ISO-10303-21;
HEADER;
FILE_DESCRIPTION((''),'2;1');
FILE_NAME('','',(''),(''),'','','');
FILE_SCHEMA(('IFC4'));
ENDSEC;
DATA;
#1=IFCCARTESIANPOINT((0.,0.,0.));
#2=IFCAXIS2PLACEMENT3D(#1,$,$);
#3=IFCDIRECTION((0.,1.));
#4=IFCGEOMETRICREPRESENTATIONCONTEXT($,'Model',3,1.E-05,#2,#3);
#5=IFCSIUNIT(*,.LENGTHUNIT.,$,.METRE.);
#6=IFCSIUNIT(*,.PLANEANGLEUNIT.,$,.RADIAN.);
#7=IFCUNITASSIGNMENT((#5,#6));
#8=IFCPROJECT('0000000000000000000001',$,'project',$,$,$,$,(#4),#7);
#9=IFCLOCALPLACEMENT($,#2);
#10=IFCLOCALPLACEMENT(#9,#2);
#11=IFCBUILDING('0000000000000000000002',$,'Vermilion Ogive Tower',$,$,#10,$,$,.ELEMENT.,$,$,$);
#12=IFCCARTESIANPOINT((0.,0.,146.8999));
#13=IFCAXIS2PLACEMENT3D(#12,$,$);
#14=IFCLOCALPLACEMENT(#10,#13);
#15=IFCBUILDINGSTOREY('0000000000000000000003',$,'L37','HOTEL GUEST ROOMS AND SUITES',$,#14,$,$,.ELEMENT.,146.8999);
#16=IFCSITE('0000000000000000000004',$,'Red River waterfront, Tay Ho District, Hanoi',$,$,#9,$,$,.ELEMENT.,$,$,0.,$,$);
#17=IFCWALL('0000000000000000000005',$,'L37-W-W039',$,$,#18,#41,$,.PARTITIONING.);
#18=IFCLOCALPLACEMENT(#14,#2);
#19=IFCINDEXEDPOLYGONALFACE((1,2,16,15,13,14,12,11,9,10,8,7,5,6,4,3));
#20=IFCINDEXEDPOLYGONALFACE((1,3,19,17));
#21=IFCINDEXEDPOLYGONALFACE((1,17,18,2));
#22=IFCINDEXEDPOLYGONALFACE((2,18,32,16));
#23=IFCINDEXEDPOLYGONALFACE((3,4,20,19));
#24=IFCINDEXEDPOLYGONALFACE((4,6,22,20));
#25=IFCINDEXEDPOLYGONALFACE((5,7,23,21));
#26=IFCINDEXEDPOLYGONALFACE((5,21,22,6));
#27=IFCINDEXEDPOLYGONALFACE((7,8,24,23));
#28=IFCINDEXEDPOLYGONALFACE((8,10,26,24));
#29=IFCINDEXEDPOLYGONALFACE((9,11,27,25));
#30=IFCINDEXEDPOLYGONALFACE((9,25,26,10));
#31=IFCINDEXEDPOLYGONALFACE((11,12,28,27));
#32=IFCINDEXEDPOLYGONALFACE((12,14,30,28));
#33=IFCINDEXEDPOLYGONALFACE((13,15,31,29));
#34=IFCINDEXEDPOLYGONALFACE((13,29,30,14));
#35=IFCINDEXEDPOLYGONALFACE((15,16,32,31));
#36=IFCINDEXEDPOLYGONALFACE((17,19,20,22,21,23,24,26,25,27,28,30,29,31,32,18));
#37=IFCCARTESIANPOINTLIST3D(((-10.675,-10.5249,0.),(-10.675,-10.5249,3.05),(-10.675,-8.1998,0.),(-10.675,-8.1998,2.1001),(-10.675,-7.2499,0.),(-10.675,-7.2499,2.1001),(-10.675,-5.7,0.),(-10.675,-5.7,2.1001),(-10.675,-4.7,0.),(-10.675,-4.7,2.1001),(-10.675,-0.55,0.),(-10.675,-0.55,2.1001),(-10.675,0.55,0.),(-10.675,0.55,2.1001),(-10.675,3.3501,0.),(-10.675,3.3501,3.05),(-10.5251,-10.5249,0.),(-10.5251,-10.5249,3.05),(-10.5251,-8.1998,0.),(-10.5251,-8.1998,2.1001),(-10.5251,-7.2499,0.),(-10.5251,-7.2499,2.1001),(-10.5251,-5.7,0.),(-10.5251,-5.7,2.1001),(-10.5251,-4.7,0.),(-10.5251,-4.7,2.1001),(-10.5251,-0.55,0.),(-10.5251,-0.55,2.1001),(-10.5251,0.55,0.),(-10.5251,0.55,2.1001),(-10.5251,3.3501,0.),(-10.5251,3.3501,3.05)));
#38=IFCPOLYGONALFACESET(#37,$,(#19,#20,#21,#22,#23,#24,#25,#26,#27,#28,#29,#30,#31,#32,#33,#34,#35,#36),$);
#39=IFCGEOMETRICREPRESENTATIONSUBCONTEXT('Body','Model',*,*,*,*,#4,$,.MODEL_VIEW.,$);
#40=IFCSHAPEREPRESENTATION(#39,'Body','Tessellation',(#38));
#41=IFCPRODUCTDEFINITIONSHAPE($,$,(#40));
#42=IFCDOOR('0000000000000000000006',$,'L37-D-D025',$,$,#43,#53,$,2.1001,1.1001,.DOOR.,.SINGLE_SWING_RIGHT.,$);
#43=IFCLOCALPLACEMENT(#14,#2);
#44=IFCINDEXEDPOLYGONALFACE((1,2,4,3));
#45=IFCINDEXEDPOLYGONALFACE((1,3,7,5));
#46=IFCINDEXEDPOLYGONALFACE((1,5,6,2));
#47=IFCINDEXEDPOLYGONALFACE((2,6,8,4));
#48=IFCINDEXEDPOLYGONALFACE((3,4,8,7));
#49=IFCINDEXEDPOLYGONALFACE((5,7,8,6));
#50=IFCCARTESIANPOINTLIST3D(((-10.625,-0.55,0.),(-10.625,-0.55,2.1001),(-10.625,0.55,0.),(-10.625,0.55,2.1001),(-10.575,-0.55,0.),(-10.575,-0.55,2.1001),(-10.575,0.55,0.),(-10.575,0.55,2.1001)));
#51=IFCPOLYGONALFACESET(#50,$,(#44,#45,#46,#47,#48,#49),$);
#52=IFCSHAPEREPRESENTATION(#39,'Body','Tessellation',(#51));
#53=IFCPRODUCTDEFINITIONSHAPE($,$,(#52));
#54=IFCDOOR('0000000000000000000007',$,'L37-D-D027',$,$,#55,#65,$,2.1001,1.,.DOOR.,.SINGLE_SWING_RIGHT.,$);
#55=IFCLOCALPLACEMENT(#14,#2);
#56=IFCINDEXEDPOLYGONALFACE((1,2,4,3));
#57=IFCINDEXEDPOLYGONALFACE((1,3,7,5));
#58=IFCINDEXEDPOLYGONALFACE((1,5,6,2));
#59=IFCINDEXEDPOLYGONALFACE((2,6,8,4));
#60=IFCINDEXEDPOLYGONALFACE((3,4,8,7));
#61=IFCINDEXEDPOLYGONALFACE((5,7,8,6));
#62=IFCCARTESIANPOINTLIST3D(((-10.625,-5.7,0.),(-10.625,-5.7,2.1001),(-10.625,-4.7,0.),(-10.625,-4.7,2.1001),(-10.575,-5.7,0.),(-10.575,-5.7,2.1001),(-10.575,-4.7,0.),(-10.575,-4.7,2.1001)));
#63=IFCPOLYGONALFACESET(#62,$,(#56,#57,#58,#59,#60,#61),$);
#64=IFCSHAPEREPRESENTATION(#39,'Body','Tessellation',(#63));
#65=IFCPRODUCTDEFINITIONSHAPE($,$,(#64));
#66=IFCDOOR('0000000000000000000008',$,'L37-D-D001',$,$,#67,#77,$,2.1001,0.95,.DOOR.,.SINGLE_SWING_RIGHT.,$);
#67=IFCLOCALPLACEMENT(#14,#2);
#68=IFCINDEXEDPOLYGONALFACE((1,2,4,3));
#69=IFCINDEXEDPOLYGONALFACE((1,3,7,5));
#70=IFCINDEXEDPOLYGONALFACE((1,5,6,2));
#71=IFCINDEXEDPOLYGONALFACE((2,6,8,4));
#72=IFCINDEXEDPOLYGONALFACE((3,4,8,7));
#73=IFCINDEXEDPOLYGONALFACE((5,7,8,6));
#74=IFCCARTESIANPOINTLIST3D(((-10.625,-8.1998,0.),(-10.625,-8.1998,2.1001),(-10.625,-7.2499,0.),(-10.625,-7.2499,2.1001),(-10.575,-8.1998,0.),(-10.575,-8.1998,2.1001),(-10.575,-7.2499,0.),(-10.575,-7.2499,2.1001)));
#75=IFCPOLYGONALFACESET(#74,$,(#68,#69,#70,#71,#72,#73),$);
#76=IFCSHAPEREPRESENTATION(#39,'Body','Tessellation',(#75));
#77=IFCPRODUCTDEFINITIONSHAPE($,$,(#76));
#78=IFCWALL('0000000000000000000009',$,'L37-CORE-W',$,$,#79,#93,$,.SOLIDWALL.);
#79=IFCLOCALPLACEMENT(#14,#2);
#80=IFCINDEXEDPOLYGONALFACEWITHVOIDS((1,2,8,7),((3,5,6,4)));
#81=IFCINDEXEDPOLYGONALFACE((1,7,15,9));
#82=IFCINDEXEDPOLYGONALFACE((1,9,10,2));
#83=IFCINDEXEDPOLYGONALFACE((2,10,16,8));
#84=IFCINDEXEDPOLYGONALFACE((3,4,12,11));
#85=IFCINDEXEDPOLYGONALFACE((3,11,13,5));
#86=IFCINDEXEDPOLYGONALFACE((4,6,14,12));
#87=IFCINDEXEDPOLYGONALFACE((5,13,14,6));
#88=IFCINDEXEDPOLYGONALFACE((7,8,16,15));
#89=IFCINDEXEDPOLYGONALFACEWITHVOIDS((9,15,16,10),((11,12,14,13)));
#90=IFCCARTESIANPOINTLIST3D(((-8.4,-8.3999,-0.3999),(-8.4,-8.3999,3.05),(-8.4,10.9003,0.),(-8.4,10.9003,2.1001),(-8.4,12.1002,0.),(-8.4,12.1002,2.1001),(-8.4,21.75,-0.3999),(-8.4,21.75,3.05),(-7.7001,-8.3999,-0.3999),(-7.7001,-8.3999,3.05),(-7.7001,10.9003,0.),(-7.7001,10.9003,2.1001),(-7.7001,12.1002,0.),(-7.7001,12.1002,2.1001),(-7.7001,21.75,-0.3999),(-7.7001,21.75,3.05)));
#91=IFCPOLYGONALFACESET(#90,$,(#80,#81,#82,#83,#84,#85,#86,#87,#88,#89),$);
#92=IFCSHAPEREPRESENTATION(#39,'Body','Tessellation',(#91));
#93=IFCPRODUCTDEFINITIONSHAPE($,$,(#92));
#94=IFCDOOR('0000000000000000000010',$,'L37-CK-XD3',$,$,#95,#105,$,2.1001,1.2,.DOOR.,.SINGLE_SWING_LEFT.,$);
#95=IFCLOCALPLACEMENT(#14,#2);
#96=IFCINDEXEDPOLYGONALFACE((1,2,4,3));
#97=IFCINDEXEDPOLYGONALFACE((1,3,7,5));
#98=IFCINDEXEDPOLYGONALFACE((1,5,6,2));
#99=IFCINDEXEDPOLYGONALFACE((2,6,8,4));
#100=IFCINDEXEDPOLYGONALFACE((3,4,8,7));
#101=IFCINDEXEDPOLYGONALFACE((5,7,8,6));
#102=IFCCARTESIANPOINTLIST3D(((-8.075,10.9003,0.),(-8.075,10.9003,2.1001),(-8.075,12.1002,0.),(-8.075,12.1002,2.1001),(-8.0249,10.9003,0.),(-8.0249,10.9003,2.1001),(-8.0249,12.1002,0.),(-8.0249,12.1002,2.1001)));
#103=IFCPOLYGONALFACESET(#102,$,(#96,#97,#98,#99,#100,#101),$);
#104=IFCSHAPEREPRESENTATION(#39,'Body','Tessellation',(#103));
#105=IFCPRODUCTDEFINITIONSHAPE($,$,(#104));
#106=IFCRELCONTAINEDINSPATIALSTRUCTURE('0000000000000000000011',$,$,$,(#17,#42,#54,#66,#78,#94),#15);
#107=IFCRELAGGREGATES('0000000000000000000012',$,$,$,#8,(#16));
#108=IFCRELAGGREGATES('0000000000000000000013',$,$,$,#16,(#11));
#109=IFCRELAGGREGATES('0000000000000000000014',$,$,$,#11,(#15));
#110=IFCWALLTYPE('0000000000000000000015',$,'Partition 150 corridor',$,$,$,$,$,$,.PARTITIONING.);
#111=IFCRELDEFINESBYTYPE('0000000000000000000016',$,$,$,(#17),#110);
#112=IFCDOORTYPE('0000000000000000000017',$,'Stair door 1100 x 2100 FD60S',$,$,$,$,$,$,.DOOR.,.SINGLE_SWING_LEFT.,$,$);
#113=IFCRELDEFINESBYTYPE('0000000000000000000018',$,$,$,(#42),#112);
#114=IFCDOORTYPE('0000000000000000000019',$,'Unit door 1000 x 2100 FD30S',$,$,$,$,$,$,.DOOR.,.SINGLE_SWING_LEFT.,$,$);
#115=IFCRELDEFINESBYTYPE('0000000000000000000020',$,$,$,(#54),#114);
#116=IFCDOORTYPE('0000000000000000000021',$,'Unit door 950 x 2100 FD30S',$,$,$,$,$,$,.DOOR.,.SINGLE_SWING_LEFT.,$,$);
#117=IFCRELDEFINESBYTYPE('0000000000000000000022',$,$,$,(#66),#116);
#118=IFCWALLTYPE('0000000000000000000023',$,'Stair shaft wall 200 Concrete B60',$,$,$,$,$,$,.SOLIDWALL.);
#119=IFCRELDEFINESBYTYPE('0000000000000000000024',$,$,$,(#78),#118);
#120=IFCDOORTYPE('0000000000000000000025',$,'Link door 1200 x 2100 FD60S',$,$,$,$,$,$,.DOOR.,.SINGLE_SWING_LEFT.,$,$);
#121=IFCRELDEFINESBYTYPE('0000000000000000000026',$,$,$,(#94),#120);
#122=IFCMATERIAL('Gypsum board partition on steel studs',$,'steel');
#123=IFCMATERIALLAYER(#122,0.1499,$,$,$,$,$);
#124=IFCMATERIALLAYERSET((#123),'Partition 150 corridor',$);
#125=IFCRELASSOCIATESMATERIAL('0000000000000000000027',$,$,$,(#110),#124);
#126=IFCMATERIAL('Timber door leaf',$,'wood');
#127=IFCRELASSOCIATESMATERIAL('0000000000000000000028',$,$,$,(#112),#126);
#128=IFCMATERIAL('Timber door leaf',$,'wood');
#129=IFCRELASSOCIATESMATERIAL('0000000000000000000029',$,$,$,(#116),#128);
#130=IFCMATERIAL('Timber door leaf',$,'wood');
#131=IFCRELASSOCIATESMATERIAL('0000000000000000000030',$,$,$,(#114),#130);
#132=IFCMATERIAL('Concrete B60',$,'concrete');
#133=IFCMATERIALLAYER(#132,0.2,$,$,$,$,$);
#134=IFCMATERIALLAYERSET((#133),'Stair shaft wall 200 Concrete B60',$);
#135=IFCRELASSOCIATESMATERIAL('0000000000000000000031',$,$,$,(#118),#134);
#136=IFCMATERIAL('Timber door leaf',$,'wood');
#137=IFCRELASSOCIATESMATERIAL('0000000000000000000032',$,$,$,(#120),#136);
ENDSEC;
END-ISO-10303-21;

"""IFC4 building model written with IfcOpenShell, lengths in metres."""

from ifc_helpers import new_model, si_unit, direction, frame, frame_2d, origin, place, context, subcontext, project, spatial, rectangle, extrude, material, layer, layer_set, type_object, element, fill, save


model = new_model("IFC4")

# Units and contexts
model_context = context("Model", 3, precision=1e-05, world=origin(), true_north=direction((0.0, 1.0)))
body_context = subcontext(model_context, "Body", "Model", "MODEL_VIEW")
ifc_project = project(units=[si_unit("LENGTHUNIT", "METRE"), si_unit("PLANEANGLEUNIT", "RADIAN")], contexts=[model_context])

# Site, building, storey
site_placement = place(None, origin())
site = spatial("IfcSite", under=ifc_project, at=site_placement, Name="Red River waterfront, Tay Ho District, Hanoi", CompositionType="ELEMENT", RefElevation=0.0)
building_placement = place(site_placement, origin())
building = spatial("IfcBuilding", under=site, at=building_placement, Name="Vermilion Ogive Tower", CompositionType="ELEMENT")
storey_placement = place(building_placement, frame((0.0, 0.0, 146.8999)))
storey = spatial("IfcBuildingStorey", under=building, at=storey_placement, Name="L37", Description="HOTEL GUEST ROOMS AND SUITES", CompositionType="ELEMENT", Elevation=146.8999)

# Wall, openings, doors
ifc_material_1 = material(Name="Gypsum board partition on steel studs", Category="steel")
ifc_layer_1 = layer(ifc_material_1, 0.1499)
ifc_layer_set_1 = layer_set([ifc_layer_1], Name="Partition 150 corridor")
wall_type_1 = type_object("IfcWallType", Name="Partition 150 corridor", PredefinedType="PARTITIONING", material=ifc_layer_set_1)
ifc_material_2 = material(Name="Timber door leaf", Category="wood")
door_type_1 = type_object("IfcDoorType", Name="Stair door 1100 x 2100 FD60S", OperationType="SINGLE_SWING_LEFT", PredefinedType="DOOR", material=ifc_material_2)
ifc_material_3 = material(Name="Timber door leaf", Category="wood")
door_type_2 = type_object("IfcDoorType", Name="Unit door 950 x 2100 FD30S", OperationType="SINGLE_SWING_LEFT", PredefinedType="DOOR", material=ifc_material_3)
wall_1_placement = place(storey_placement, frame((-10.6001, -10.5249, 0.0), z_axis=(0.0, 0.0, 1.0), x_axis=(0.0, 1.0, 0.0)))
wall_1 = element("IfcWall", 1, at=wall_1_placement, inside=storey, type_object=wall_type_1, Name="L37-W-W039", PredefinedType="PARTITIONING", context=body_context, shape_type="SweptSolid", body=[
    extrude(rectangle(XDim=13.875, YDim=0.1499, at=frame_2d((6.9375, 0.0))), origin(), (0.0, 0.0, 1.0), 3.05),
])
opening_1_placement = place(wall_1_placement, frame((2.325, 0.0, 0.0)))
opening_1 = element("IfcOpeningElement", 2, at=opening_1_placement, cuts=wall_1, PredefinedType="OPENING", context=body_context, shape_type="SweptSolid", body=[
    extrude(rectangle(XDim=0.95, YDim=2.1001, at=frame_2d((0.4751, 1.05))), frame((0.0, 0.085, 0.0), z_axis=(0.0, -1.0, 0.0), x_axis=(1.0, 0.0, 0.0)), (0.0, 0.0, 1.0), 0.1699),
])
opening_2_placement = place(wall_1_placement, frame((9.9749, 0.0, 0.0)))
opening_2 = element("IfcOpeningElement", 3, at=opening_2_placement, cuts=wall_1, PredefinedType="OPENING", context=body_context, shape_type="SweptSolid", body=[
    extrude(rectangle(XDim=1.1001, YDim=2.1001, at=frame_2d((0.55, 1.05))), frame((0.0, 0.085, 0.0), z_axis=(0.0, -1.0, 0.0), x_axis=(1.0, 0.0, 0.0)), (0.0, 0.0, 1.0), 0.1699),
])
opening_3_placement = place(wall_1_placement, frame((4.825, 0.0, 0.0)))
opening_3 = element("IfcOpeningElement", 4, at=opening_3_placement, cuts=wall_1, PredefinedType="OPENING", context=body_context, shape_type="SweptSolid", body=[
    extrude(rectangle(XDim=1.0, YDim=2.1001, at=frame_2d((0.5, 1.05))), frame((0.0, 0.085, 0.0), z_axis=(0.0, -1.0, 0.0), x_axis=(1.0, 0.0, 0.0)), (0.0, 0.0, 1.0), 0.1699),
])
door_1_placement = place(opening_2_placement, origin())
door_1 = element("IfcDoor", 5, at=door_1_placement, inside=storey, type_object=door_type_1, Name="L37-D-D025", OperationType="SINGLE_SWING_RIGHT", OverallHeight=2.1001, OverallWidth=1.1001, PredefinedType="DOOR", context=body_context, shape_type="SweptSolid", body=[
    extrude(rectangle(XDim=1.1001, YDim=2.1001, at=frame_2d((0.55, 1.05))), frame((0.0, 0.0249, 0.0), z_axis=(0.0, -1.0, 0.0), x_axis=(1.0, 0.0, 0.0)), (0.0, 0.0, 1.0), 0.05),
])
fill(opening_2, door_1)
ifc_material_4 = material(Name="Timber door leaf", Category="wood")
door_type_3 = type_object("IfcDoorType", Name="Unit door 1000 x 2100 FD30S", OperationType="SINGLE_SWING_LEFT", PredefinedType="DOOR", material=ifc_material_4)
door_2_placement = place(opening_3_placement, origin())
door_2 = element("IfcDoor", 6, at=door_2_placement, inside=storey, type_object=door_type_3, Name="L37-D-D027", OperationType="SINGLE_SWING_RIGHT", OverallHeight=2.1001, OverallWidth=1.0, PredefinedType="DOOR", context=body_context, shape_type="SweptSolid", body=[
    extrude(rectangle(XDim=1.0, YDim=2.1001, at=frame_2d((0.5, 1.05))), frame((0.0, 0.0249, 0.0), z_axis=(0.0, -1.0, 0.0), x_axis=(1.0, 0.0, 0.0)), (0.0, 0.0, 1.0), 0.05),
])
fill(opening_3, door_2)
door_3_placement = place(opening_1_placement, origin())
door_3 = element("IfcDoor", 7, at=door_3_placement, inside=storey, type_object=door_type_2, Name="L37-D-D001", OperationType="SINGLE_SWING_RIGHT", OverallHeight=2.1001, OverallWidth=0.95, PredefinedType="DOOR", context=body_context, shape_type="SweptSolid", body=[
    extrude(rectangle(XDim=0.95, YDim=2.1001, at=frame_2d((0.4751, 1.05))), frame((0.0, 0.0249, 0.0), z_axis=(0.0, -1.0, 0.0), x_axis=(1.0, 0.0, 0.0)), (0.0, 0.0, 1.0), 0.05),
])
fill(opening_1, door_3)

# Wall, opening, door
ifc_material_5 = material(Name="Concrete B60", Category="concrete")
ifc_layer_2 = layer(ifc_material_5, 0.2)
ifc_layer_set_2 = layer_set([ifc_layer_2], Name="Stair shaft wall 200 Concrete B60")
wall_type_2 = type_object("IfcWallType", Name="Stair shaft wall 200 Concrete B60", PredefinedType="SOLIDWALL", material=ifc_layer_set_2)
wall_2_placement = place(storey_placement, frame((-8.05, -8.3999, -0.3999), z_axis=(0.0, 0.0, 1.0), x_axis=(0.0, 1.0, 0.0)))
wall_2 = element("IfcWall", 8, at=wall_2_placement, inside=storey, type_object=wall_type_2, Name="L37-CORE-W", PredefinedType="SOLIDWALL", context=body_context, shape_type="SweptSolid", body=[
    extrude(rectangle(XDim=30.1499, YDim=0.7, at=frame_2d((15.075, 0.0))), origin(), (0.0, 0.0, 1.0), 3.45),
])
opening_4_placement = place(wall_2_placement, frame((19.3, 0.0, 0.3999)))
opening_4 = element("IfcOpeningElement", 9, at=opening_4_placement, cuts=wall_2, PredefinedType="OPENING", context=body_context, shape_type="SweptSolid", body=[
    extrude(rectangle(XDim=1.2, YDim=2.1001, at=frame_2d((0.6001, 1.05))), frame((0.0, 0.3599, 0.0), z_axis=(0.0, -1.0, 0.0), x_axis=(1.0, 0.0, 0.0)), (0.0, 0.0, 1.0), 0.72),
])
ifc_material_6 = material(Name="Timber door leaf", Category="wood")
door_type_4 = type_object("IfcDoorType", Name="Link door 1200 x 2100 FD60S", OperationType="SINGLE_SWING_LEFT", PredefinedType="DOOR", material=ifc_material_6)
door_4_placement = place(opening_4_placement, origin())
door_4 = element("IfcDoor", 10, at=door_4_placement, inside=storey, type_object=door_type_4, Name="L37-CK-XD3", OperationType="SINGLE_SWING_LEFT", OverallHeight=2.1001, OverallWidth=1.2, PredefinedType="DOOR", context=body_context, shape_type="SweptSolid", body=[
    extrude(rectangle(XDim=1.2, YDim=2.1001, at=frame_2d((0.6001, 1.05))), frame((0.0, 0.0249, 0.0), z_axis=(0.0, -1.0, 0.0), x_axis=(1.0, 0.0, 0.0)), (0.0, 0.0, 1.0), 0.05),
])
fill(opening_4, door_4)

save(model, "model.ifc")
